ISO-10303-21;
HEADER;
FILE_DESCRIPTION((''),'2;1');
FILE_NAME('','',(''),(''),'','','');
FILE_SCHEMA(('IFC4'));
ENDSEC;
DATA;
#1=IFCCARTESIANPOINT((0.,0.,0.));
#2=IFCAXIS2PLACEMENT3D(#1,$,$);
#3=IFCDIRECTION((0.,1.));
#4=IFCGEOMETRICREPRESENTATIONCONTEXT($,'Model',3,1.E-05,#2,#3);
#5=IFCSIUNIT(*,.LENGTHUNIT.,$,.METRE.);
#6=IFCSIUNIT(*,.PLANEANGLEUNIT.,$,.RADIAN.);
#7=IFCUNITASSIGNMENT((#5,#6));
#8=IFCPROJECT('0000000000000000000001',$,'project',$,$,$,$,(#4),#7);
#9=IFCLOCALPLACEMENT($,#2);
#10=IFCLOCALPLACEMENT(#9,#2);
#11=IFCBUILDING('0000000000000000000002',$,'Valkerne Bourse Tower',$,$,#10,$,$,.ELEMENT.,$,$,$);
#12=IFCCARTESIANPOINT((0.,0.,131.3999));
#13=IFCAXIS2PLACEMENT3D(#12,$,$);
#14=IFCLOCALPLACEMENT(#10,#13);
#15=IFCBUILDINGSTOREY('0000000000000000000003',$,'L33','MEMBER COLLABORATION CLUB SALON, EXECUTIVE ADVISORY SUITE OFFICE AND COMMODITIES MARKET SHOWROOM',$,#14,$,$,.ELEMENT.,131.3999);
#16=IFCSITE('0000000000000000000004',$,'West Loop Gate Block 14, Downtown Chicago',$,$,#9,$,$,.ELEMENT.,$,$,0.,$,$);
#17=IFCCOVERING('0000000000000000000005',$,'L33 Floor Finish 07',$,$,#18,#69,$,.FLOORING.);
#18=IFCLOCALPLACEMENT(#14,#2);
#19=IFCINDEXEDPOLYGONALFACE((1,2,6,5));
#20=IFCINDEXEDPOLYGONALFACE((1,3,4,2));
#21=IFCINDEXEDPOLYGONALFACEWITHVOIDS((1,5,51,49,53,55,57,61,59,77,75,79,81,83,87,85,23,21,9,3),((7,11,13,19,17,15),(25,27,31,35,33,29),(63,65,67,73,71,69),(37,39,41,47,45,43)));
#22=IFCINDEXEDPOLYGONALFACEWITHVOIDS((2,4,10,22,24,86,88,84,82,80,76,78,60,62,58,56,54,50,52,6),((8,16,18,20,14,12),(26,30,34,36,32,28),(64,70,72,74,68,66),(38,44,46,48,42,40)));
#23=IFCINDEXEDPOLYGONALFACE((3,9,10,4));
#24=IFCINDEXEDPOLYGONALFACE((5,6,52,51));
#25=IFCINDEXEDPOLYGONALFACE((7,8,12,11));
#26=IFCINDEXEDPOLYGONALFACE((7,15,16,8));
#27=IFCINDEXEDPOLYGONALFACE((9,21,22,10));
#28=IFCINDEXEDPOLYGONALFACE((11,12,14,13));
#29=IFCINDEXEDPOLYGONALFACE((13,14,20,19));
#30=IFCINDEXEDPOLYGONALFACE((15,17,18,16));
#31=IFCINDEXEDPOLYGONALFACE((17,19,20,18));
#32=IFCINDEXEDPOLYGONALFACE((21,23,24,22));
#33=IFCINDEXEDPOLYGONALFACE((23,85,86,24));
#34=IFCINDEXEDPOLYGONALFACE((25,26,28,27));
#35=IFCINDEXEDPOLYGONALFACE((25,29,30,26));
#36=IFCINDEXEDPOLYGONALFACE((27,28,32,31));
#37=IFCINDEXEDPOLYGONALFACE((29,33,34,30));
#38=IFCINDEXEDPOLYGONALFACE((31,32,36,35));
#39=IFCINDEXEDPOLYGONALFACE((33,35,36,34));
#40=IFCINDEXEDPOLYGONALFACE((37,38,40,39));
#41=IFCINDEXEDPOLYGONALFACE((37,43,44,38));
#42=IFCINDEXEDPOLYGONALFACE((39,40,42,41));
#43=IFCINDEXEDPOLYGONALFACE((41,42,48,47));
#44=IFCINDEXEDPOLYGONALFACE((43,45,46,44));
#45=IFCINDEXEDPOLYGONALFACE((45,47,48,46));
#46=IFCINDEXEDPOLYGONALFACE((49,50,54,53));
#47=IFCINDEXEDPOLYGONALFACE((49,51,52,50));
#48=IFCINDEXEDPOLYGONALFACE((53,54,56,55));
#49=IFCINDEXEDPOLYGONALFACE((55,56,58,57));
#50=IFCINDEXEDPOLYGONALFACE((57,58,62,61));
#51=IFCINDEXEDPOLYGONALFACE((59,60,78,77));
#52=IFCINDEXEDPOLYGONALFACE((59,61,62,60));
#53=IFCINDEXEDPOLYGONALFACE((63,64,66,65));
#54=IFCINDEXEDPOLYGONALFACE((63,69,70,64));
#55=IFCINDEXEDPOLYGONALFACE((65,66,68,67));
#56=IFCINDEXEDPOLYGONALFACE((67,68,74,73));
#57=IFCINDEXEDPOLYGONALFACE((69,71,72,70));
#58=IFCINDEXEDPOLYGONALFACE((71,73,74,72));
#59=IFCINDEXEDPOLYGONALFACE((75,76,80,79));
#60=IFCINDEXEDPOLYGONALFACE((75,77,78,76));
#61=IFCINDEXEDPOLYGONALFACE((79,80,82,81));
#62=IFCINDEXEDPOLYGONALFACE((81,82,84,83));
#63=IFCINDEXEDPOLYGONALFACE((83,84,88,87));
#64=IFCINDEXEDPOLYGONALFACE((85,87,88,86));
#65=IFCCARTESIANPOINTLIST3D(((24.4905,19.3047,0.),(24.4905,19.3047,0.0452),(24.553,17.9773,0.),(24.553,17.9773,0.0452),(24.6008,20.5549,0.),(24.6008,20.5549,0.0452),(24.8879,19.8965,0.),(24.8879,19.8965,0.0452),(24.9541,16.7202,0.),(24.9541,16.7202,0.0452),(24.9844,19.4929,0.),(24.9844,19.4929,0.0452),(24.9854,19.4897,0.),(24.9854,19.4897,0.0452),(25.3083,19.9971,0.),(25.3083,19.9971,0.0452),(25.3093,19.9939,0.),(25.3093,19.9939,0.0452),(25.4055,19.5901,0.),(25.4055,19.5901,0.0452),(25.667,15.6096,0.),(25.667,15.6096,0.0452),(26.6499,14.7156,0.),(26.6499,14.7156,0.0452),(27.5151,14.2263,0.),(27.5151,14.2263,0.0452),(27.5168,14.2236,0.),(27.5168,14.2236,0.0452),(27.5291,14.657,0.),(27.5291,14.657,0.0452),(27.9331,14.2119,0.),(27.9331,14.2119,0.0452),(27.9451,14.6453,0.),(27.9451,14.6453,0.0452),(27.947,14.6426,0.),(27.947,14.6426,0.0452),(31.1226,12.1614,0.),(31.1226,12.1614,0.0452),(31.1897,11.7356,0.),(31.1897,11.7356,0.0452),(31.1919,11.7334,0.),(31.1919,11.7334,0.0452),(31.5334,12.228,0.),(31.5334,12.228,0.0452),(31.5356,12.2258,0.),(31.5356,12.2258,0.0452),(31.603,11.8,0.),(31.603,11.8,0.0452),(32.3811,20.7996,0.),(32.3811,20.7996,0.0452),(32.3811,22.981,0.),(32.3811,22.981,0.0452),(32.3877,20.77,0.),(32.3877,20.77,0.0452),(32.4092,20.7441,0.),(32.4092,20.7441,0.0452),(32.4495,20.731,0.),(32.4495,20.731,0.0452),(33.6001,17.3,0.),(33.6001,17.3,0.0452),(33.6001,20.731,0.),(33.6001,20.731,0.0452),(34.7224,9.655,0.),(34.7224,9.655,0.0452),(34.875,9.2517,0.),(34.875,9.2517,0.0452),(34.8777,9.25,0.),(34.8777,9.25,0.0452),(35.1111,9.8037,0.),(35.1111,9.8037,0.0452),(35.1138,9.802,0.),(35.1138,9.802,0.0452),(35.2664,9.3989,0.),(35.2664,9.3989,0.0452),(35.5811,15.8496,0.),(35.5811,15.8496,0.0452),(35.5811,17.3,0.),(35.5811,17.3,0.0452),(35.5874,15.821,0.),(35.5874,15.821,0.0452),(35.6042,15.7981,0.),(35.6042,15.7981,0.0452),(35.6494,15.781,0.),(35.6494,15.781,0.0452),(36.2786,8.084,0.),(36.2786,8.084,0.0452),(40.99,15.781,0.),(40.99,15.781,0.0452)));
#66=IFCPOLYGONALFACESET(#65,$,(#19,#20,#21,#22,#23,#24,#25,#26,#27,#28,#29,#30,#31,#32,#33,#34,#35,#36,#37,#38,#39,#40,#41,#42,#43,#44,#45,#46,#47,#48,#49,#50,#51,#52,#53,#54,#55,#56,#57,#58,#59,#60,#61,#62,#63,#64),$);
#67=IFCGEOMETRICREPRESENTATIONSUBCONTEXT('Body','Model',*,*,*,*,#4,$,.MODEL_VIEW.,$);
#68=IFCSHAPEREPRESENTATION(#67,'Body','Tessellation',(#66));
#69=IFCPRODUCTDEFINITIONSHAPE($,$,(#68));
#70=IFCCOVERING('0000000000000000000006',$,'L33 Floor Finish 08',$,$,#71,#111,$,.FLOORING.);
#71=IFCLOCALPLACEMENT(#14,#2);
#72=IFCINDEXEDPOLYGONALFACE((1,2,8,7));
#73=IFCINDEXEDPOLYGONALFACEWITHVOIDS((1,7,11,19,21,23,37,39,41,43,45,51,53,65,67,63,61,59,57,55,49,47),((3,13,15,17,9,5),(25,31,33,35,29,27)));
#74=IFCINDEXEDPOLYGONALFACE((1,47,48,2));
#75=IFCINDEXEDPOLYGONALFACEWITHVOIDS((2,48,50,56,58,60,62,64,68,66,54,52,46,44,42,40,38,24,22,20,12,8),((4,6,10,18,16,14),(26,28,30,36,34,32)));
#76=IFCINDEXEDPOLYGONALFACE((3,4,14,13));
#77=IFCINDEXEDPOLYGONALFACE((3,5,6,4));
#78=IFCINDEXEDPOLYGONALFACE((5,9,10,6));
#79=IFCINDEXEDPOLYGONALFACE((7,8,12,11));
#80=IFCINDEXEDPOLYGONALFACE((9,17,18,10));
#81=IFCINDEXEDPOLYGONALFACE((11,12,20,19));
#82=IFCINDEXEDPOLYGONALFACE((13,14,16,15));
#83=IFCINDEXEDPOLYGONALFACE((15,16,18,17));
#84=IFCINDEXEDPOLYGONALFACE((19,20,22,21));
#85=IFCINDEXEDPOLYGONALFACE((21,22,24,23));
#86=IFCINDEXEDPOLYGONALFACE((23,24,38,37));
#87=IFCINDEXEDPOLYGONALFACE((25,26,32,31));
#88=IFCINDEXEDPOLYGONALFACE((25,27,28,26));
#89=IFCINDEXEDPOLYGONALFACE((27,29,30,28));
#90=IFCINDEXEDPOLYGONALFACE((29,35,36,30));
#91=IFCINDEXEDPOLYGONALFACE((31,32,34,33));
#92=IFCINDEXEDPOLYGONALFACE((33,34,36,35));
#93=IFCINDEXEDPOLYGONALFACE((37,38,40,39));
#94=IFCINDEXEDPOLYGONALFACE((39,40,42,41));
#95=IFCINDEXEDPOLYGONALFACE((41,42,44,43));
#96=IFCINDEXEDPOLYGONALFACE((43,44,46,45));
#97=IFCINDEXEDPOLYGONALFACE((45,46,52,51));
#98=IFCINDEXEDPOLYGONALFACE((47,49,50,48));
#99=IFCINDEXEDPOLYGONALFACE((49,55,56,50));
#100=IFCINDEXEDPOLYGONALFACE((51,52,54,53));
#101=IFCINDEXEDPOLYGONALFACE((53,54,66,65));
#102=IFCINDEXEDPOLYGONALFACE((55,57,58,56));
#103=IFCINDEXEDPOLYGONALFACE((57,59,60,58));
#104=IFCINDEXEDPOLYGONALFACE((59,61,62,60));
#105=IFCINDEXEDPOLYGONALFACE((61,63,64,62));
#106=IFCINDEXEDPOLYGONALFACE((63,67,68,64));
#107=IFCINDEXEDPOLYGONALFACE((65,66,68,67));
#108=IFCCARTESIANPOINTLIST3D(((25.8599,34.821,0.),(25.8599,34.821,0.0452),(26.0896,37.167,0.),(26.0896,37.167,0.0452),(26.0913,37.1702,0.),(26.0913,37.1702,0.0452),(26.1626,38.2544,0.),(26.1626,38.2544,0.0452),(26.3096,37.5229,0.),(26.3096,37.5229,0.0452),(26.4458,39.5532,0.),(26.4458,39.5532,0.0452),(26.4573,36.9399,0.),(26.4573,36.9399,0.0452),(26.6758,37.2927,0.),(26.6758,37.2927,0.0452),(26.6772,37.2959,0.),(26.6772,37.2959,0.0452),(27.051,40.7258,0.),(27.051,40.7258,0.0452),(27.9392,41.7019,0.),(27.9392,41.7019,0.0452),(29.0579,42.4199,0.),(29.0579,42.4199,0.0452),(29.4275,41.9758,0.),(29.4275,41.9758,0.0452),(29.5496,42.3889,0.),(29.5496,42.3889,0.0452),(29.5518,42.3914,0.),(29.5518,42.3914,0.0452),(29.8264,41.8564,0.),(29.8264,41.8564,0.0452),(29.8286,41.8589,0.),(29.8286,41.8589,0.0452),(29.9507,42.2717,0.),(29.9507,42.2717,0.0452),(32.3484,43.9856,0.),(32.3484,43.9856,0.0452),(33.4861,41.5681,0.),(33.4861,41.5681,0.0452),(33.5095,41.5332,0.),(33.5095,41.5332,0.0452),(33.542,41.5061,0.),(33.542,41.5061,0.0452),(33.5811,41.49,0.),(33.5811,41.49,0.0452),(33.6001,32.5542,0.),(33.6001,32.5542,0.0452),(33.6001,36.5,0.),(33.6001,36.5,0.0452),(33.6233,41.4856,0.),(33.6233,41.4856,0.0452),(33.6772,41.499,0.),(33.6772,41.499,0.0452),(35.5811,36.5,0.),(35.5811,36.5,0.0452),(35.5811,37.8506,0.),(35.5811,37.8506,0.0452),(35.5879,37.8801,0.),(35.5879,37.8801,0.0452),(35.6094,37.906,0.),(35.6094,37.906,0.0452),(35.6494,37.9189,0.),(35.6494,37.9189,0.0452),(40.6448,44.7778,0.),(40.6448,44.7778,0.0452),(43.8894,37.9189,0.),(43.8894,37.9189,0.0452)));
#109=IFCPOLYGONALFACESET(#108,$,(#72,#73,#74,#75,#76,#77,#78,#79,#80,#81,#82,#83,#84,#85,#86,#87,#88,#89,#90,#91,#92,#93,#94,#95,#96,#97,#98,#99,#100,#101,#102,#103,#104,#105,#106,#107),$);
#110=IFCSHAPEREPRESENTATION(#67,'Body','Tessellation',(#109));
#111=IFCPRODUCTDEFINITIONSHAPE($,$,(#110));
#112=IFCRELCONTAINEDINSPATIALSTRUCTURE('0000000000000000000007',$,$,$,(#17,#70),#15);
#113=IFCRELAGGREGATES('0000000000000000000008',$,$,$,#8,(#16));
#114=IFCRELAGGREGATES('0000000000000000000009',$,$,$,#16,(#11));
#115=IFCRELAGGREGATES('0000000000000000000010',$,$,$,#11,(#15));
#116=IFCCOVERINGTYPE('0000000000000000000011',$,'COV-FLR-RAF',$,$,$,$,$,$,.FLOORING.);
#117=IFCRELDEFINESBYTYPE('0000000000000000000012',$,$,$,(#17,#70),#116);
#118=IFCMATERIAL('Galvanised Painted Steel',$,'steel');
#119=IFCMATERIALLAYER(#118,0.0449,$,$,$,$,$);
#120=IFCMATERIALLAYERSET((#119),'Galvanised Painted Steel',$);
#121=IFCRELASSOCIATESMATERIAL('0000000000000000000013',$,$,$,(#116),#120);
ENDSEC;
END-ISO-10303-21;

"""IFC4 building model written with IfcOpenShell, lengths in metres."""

from ifc_helpers import new_model, si_unit, direction, frame, origin, place, context, subcontext, project, spatial, polyline, outline, extrude, material, layer, layer_set, type_object, element, save


model = new_model("IFC4")

# Units and contexts
model_context = context("Model", 3, precision=1e-05, world=origin(), true_north=direction((0.0, 1.0)))
body_context = subcontext(model_context, "Body", "Model", "MODEL_VIEW")
ifc_project = project(units=[si_unit("LENGTHUNIT", "METRE"), si_unit("PLANEANGLEUNIT", "RADIAN")], contexts=[model_context])

# Site, building, storey
site_placement = place(None, origin())
site = spatial("IfcSite", under=ifc_project, at=site_placement, Name="West Loop Gate Block 14, Downtown Chicago", CompositionType="ELEMENT", RefElevation=0.0)
building_placement = place(site_placement, origin())
building = spatial("IfcBuilding", under=site, at=building_placement, Name="Valkerne Bourse Tower", CompositionType="ELEMENT")
storey_placement = place(building_placement, frame((0.0, 0.0, 131.3999)))
storey = spatial("IfcBuildingStorey", under=building, at=storey_placement, Name="L33", Description="MEMBER COLLABORATION CLUB SALON, EXECUTIVE ADVISORY SUITE OFFICE AND COMMODITIES MARKET SHOWROOM", CompositionType="ELEMENT", Elevation=131.3999)

# Coverings
ifc_material_1 = material(Name="Galvanised Painted Steel", Category="steel")
ifc_layer_1 = layer(ifc_material_1, 0.0449)
ifc_layer_set_1 = layer_set([ifc_layer_1], Name="Galvanised Painted Steel")
covering_type_1 = type_object("IfcCoveringType", Name="COV-FLR-RAF", PredefinedType="FLOORING", material=ifc_layer_set_1)
covering_1_placement = place(storey_placement, origin())
element("IfcCovering", 1, at=covering_1_placement, inside=storey, type_object=covering_type_1, Name="L33 Floor Finish 07", PredefinedType="FLOORING", context=body_context, shape_type="SweptSolid", body=[
    extrude(outline(polyline([(24.9541, 16.7202), (24.553, 17.9773), (24.4905, 19.3047), (24.6008, 20.5549), (32.3811, 22.981), (32.3811, 20.7996), (32.3877, 20.77), (32.4092, 20.7441), (32.4495, 20.731), (33.6001, 20.731), (33.6001, 17.3), (35.5811, 17.3), (35.5811, 15.8496), (35.5874, 15.821), (35.6042, 15.7981), (35.6494, 15.781), (40.99, 15.781), (36.2786, 8.084), (26.6499, 14.7156), (25.667, 15.6096), (24.9541, 16.7202)]), holes=[polyline([(35.1138, 9.802), (35.1111, 9.8037), (34.7224, 9.655), (34.875, 9.2517), (34.8777, 9.25), (35.2664, 9.3989), (35.1138, 9.802)]), polyline([(31.5356, 12.2258), (31.5334, 12.228), (31.1226, 12.1614), (31.1897, 11.7356), (31.1919, 11.7334), (31.603, 11.8), (31.5356, 12.2258)]), polyline([(27.947, 14.6426), (27.9451, 14.6453), (27.5291, 14.657), (27.5151, 14.2263), (27.5168, 14.2236), (27.9331, 14.2119), (27.947, 14.6426)]), polyline([(25.4055, 19.5901), (25.3093, 19.9939), (25.3083, 19.9971), (24.8879, 19.8965), (24.9844, 19.4929), (24.9854, 19.4897), (25.4055, 19.5901)])]), origin(), (0.0, 0.0, 1.0), 0.0452),
])
covering_2_placement = place(storey_placement, origin())
element("IfcCovering", 2, at=covering_2_placement, inside=storey, type_object=covering_type_1, Name="L33 Floor Finish 08", PredefinedType="FLOORING", context=body_context, shape_type="SweptSolid", body=[
    extrude(outline(polyline([(27.051, 40.7258), (27.9392, 41.7019), (29.0579, 42.4199), (32.3484, 43.9856), (33.4861, 41.5681), (33.5095, 41.5332), (33.542, 41.5061), (33.5811, 41.49), (33.6233, 41.4856), (33.6772, 41.499), (40.6448, 44.7778), (43.8894, 37.9189), (35.6494, 37.9189), (35.6094, 37.906), (35.5879, 37.8801), (35.5811, 37.8506), (35.5811, 36.5), (33.6001, 36.5), (33.6001, 32.5542), (25.8599, 34.821), (26.1626, 38.2544), (26.4458, 39.5532), (27.051, 40.7258)]), holes=[polyline([(26.6772, 37.2959), (26.3096, 37.5229), (26.0913, 37.1702), (26.0896, 37.167), (26.4573, 36.9399), (26.6758, 37.2927), (26.6772, 37.2959)]), polyline([(29.9507, 42.2717), (29.5518, 42.3914), (29.5496, 42.3889), (29.4275, 41.9758), (29.8264, 41.8564), (29.8286, 41.8589), (29.9507, 42.2717)])]), origin(), (0.0, 0.0, 1.0), 0.0452),
])

save(model, "model.ifc")
